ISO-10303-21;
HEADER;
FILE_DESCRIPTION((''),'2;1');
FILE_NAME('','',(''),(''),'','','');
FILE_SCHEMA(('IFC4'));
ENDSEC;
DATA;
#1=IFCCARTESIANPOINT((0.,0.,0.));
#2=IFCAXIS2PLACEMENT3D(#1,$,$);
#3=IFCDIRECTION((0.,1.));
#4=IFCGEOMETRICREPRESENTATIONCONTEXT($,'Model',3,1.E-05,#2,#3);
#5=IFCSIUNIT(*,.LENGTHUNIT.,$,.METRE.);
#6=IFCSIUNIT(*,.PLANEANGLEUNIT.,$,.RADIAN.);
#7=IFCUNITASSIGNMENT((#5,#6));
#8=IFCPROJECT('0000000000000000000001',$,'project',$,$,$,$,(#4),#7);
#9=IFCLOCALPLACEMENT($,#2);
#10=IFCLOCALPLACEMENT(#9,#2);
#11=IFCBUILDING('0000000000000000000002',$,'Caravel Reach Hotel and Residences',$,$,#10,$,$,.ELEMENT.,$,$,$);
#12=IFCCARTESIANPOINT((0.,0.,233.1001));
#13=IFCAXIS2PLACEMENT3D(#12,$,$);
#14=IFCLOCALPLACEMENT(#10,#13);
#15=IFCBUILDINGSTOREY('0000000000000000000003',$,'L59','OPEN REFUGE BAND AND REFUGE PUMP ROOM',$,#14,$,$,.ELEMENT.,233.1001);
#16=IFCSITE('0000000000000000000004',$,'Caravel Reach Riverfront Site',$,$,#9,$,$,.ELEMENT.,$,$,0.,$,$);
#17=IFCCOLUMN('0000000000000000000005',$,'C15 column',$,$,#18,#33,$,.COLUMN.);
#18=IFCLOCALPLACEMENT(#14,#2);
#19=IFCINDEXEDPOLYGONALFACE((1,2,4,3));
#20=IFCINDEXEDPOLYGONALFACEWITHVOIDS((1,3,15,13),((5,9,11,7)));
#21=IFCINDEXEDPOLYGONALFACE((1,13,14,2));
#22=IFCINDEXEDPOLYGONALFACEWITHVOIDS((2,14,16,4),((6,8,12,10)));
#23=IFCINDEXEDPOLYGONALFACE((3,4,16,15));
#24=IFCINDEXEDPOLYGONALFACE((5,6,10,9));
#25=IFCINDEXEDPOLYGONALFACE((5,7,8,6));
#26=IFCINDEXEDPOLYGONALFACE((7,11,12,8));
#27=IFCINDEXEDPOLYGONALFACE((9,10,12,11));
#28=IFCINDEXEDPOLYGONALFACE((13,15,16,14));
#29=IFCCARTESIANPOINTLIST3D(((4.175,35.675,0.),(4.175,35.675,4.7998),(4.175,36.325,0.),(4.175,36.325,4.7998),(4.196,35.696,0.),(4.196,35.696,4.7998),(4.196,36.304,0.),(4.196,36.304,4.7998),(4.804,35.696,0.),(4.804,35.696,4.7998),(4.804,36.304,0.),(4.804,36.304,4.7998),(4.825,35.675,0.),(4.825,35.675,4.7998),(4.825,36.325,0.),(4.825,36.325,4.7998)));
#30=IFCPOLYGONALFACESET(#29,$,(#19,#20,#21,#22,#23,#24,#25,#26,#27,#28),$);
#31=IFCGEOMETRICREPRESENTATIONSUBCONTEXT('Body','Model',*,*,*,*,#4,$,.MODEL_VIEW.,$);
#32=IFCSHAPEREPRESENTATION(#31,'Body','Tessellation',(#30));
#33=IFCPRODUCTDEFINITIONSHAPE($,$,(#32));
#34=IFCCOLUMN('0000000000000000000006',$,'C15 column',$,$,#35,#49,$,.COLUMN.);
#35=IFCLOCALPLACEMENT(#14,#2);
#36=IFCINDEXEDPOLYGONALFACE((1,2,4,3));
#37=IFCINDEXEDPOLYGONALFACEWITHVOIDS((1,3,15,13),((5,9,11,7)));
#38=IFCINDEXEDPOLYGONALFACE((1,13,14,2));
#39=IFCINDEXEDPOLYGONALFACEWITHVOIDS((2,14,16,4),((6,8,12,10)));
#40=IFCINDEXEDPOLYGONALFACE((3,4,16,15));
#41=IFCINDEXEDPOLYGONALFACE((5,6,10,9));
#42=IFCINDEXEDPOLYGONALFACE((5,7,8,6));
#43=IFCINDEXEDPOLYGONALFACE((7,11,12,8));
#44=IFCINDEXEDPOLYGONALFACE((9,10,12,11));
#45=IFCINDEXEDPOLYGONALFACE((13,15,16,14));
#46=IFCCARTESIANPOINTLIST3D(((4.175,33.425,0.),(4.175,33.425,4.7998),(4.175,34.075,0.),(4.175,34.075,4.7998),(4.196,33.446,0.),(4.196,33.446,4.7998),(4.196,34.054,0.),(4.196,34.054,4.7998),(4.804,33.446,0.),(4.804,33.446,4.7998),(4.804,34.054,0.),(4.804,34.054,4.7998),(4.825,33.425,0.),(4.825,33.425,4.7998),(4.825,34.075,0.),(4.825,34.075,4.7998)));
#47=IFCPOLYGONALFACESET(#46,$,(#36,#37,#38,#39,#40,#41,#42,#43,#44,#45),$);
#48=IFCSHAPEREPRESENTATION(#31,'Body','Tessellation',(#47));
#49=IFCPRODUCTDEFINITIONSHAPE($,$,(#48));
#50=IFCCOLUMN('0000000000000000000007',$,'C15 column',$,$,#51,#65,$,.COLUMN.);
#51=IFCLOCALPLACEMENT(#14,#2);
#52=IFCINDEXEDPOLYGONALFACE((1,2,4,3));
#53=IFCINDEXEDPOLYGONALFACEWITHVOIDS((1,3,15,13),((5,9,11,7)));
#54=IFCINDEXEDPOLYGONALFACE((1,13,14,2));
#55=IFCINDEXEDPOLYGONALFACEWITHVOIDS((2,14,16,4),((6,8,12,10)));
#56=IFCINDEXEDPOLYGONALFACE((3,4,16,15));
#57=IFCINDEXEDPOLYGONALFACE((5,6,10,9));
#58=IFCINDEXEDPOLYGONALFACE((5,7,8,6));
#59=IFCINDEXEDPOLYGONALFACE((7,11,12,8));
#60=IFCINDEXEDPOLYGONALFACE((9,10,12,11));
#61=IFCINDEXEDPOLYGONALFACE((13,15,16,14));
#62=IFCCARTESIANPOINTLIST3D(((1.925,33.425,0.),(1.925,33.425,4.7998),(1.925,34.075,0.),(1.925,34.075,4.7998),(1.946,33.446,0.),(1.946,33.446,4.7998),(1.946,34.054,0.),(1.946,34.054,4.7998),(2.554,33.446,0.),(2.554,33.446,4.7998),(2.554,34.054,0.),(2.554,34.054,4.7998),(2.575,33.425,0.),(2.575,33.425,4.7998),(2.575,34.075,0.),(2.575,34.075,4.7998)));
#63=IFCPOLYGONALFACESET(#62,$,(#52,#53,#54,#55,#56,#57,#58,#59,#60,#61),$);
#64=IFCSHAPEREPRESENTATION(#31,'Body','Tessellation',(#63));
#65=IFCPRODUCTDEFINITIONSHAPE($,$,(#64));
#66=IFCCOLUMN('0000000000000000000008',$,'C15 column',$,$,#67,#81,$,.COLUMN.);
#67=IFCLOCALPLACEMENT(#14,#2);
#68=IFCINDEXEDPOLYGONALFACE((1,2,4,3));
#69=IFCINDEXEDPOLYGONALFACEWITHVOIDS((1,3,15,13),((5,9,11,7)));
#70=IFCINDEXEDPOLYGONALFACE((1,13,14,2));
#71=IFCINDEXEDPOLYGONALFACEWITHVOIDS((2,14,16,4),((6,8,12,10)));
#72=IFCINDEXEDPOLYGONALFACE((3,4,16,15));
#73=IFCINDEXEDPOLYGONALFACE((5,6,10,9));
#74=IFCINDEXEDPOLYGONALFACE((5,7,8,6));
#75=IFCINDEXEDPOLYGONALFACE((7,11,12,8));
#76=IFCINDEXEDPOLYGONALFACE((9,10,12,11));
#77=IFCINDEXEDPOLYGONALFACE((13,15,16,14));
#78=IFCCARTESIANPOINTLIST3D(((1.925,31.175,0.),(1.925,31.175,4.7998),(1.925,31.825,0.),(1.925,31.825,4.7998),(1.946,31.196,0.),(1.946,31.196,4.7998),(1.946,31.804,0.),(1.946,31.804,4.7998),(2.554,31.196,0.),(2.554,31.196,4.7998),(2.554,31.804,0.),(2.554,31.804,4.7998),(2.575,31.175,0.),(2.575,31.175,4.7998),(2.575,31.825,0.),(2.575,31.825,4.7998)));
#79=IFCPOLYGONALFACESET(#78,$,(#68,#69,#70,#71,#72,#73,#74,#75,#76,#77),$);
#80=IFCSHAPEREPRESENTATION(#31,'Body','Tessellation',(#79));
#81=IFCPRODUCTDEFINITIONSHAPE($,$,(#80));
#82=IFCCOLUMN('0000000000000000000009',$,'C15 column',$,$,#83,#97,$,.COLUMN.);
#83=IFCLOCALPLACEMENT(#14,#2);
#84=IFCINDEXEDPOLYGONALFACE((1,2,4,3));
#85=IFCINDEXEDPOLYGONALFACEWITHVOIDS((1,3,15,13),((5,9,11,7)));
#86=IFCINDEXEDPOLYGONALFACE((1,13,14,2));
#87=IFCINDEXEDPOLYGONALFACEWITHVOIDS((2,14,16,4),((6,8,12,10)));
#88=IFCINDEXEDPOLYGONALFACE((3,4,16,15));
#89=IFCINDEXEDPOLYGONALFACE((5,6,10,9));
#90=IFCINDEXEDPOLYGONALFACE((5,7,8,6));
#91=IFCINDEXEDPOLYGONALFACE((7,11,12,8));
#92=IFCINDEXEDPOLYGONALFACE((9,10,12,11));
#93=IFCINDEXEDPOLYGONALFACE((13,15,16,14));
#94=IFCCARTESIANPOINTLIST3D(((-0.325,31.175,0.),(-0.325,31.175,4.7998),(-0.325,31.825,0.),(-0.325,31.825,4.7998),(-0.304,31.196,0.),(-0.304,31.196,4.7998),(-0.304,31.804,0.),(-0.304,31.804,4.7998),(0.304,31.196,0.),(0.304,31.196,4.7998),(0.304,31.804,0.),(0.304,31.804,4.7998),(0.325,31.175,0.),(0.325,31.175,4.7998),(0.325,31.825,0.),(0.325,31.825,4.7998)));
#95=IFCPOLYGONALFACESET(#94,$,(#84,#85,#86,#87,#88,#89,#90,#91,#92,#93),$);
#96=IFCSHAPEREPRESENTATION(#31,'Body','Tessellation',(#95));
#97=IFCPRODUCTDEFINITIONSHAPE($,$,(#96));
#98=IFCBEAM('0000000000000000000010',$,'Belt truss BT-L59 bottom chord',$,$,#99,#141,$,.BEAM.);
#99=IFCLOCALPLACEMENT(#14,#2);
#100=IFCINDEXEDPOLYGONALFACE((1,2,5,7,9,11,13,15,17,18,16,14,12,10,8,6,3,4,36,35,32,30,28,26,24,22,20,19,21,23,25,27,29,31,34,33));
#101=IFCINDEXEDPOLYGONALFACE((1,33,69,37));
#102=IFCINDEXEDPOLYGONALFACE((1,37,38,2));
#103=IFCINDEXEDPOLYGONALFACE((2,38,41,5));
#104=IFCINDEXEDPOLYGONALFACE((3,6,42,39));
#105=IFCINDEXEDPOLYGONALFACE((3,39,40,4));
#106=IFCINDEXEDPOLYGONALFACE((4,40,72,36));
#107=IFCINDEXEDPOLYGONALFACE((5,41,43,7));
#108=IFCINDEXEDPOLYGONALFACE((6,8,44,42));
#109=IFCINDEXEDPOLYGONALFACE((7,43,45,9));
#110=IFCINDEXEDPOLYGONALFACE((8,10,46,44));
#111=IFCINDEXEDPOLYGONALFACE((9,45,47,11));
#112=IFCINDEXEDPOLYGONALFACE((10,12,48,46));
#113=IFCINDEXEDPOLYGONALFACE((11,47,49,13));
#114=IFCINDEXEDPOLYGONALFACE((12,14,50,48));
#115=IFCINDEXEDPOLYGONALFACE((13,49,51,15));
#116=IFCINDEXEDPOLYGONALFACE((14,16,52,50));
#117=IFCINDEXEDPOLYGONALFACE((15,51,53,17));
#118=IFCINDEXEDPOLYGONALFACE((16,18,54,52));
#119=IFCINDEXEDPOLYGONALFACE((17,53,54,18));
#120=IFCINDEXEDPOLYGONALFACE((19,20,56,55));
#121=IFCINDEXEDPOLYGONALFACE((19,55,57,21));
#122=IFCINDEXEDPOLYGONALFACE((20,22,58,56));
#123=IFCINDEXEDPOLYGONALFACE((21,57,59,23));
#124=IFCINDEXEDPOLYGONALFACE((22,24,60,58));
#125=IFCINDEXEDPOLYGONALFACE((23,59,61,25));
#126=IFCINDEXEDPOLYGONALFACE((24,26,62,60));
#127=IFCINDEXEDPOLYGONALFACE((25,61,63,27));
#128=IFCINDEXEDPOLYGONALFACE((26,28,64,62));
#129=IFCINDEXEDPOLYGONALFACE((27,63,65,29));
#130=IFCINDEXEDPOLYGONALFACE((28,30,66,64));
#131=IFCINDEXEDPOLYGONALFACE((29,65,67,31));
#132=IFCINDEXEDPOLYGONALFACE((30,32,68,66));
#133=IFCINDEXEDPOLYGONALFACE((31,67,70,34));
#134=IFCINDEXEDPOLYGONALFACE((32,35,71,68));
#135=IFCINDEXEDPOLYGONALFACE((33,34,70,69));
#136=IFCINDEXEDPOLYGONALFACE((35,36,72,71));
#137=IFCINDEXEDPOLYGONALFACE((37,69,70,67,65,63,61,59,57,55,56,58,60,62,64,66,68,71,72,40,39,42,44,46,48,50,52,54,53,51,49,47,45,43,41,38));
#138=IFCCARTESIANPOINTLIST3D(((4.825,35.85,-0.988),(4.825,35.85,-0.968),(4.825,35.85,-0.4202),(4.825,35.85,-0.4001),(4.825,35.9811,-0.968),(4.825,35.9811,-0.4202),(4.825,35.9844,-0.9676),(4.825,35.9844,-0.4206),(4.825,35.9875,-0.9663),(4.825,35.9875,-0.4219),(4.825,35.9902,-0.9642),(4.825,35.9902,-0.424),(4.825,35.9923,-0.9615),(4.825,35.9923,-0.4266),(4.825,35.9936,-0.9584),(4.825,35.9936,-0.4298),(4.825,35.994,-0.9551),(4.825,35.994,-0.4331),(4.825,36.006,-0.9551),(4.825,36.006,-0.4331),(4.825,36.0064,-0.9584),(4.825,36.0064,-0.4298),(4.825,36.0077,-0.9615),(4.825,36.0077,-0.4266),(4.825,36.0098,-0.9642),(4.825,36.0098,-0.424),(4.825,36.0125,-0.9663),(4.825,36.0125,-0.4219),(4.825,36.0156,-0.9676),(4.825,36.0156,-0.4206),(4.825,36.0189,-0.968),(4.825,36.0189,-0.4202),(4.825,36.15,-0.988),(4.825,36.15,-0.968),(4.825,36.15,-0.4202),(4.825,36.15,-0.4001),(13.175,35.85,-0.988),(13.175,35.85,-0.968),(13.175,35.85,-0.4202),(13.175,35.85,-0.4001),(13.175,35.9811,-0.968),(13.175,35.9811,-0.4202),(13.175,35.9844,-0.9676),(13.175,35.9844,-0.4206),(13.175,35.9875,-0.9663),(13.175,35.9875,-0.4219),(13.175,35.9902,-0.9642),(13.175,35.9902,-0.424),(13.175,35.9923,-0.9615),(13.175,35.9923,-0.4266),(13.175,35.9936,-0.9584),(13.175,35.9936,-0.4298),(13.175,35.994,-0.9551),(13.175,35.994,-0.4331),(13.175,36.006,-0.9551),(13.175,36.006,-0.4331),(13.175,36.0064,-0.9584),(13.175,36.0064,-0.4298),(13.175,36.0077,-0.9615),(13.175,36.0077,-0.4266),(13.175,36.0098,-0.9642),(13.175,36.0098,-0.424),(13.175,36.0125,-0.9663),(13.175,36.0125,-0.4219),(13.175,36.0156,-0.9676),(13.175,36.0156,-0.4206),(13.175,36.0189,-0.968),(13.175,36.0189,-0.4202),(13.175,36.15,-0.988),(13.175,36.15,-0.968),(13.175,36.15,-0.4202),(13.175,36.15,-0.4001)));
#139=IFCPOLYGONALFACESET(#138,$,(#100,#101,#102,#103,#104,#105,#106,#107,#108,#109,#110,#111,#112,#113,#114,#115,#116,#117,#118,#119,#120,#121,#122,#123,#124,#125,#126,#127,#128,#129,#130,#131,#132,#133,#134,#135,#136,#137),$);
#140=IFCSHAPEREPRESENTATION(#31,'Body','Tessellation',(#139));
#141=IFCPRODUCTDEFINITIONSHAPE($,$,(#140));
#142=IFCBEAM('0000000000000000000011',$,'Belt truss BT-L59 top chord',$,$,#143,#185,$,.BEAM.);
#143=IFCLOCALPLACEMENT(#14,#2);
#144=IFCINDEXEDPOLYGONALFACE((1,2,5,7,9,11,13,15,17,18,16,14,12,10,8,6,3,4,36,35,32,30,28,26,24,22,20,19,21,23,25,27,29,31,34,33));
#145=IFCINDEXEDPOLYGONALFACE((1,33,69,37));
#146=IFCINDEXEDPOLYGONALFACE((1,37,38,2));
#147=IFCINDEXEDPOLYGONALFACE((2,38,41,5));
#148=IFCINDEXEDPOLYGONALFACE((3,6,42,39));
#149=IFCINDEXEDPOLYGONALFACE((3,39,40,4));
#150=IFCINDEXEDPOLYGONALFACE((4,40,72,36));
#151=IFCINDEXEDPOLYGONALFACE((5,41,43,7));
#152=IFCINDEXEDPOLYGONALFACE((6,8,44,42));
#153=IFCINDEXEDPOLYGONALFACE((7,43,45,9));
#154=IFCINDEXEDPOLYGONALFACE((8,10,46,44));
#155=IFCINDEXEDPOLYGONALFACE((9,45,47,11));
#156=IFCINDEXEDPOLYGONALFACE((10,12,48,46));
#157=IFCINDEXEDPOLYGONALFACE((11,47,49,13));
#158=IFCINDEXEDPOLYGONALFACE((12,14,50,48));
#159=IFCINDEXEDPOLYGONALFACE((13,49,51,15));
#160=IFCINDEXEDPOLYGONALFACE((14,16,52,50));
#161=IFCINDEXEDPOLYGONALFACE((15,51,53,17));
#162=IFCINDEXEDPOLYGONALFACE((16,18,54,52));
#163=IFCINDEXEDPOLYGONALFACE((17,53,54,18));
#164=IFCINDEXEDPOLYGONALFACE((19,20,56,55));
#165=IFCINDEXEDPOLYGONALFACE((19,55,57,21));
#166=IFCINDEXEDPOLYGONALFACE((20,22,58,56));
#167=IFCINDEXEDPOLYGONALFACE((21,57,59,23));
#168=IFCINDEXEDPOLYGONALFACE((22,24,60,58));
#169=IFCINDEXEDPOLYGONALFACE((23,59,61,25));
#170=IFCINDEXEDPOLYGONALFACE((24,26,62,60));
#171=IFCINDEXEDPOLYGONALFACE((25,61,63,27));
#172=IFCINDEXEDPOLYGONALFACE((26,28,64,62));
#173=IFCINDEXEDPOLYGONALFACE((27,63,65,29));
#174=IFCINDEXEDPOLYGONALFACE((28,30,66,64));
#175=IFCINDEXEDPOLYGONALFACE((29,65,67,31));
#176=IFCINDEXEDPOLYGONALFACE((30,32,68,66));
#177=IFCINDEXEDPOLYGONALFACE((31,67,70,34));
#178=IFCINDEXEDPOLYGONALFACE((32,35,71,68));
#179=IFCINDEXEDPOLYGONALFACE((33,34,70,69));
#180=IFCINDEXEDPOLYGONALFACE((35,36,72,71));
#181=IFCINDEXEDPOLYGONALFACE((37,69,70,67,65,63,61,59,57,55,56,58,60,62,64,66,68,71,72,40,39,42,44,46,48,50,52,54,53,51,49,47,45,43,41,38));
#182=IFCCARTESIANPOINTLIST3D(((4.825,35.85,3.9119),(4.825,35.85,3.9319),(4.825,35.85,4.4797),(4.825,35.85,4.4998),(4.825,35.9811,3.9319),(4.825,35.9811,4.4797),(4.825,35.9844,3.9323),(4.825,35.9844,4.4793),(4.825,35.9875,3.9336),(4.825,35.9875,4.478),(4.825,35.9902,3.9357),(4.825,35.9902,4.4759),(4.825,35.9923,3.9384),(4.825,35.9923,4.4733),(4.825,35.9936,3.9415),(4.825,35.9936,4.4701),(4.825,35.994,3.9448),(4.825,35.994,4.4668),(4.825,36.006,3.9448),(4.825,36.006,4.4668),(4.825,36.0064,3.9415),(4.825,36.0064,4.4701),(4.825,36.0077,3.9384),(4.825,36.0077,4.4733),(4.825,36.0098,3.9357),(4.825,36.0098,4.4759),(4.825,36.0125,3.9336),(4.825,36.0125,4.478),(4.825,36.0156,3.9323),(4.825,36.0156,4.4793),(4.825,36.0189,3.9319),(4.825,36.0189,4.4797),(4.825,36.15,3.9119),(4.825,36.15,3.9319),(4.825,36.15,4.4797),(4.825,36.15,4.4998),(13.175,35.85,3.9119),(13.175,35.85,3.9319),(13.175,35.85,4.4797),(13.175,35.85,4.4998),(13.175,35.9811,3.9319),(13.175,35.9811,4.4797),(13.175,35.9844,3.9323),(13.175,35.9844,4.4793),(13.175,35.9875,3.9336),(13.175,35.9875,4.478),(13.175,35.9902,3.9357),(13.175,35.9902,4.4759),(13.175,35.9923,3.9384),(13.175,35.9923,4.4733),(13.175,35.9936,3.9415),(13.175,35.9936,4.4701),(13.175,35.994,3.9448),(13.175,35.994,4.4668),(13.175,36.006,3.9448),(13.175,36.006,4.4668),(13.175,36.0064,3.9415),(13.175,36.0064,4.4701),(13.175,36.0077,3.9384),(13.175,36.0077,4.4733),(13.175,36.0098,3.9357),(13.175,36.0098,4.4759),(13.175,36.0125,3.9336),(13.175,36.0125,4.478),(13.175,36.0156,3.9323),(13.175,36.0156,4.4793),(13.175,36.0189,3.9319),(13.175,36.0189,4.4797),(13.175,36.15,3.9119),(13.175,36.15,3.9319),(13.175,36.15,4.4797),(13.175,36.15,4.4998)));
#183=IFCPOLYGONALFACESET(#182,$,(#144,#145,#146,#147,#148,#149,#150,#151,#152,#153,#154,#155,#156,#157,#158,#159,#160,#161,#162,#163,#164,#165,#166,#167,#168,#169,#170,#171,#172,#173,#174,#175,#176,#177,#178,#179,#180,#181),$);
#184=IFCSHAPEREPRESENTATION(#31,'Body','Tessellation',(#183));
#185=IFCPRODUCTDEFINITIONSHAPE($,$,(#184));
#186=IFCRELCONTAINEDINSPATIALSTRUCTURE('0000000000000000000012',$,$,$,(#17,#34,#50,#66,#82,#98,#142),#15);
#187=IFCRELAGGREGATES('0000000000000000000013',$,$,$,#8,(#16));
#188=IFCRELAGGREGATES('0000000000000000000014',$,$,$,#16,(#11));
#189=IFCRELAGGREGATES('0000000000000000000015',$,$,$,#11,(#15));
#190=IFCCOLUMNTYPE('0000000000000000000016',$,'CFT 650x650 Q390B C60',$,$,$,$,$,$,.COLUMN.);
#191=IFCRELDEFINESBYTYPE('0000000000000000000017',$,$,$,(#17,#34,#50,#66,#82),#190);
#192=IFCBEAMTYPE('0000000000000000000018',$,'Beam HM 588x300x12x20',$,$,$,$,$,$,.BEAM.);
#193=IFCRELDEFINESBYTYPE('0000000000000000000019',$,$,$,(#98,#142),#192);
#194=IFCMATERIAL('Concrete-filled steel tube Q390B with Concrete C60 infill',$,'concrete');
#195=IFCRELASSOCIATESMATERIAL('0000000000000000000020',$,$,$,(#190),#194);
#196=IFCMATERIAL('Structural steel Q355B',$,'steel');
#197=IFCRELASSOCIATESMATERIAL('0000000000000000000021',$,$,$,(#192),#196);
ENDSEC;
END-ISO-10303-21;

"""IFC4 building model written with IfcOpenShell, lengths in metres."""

from ifc_helpers import new_model, si_unit, direction, frame, origin, origin_2d, place, context, subcontext, project, spatial, hollow_rectangle, i_section, extrude, material, material_profile, profile_set, type_object, element, save


model = new_model("IFC4")

# Units and contexts
model_context = context("Model", 3, precision=1e-05, world=origin(), true_north=direction((0.0, 1.0)))
body_context = subcontext(model_context, "Body", "Model", "MODEL_VIEW")
ifc_project = project(units=[si_unit("LENGTHUNIT", "METRE"), si_unit("PLANEANGLEUNIT", "RADIAN")], contexts=[model_context])

# Site, building, storey
site_placement = place(None, origin())
site = spatial("IfcSite", under=ifc_project, at=site_placement, Name="Caravel Reach Riverfront Site", CompositionType="ELEMENT", RefElevation=0.0)
building_placement = place(site_placement, origin())
building = spatial("IfcBuilding", under=site, at=building_placement, Name="Caravel Reach Hotel and Residences", CompositionType="ELEMENT")
storey_placement = place(building_placement, frame((0.0, 0.0, 233.1001)))
storey = spatial("IfcBuildingStorey", under=building, at=storey_placement, Name="L59", Description="OPEN REFUGE BAND AND REFUGE PUMP ROOM", CompositionType="ELEMENT", Elevation=233.1001)

# Columns
ifc_material_1 = material(Name="Concrete-filled steel tube Q390B with Concrete C60 infill", Category="concrete")
ifc_material_profile_1 = material_profile(ifc_material_1, hollow_rectangle(XDim=0.6499, YDim=0.6499, WallThickness=0.021, at=origin_2d()), Name="RHS 650x650x21")
ifc_profile_set_1 = profile_set([ifc_material_profile_1], Name="Concrete-filled steel tube Q390B with Concrete C60 infill")
column_type = type_object("IfcColumnType", Name="CFT 650x650 Q390B C60", PredefinedType="COLUMN", material=ifc_profile_set_1)
for number, where, z_axis, x_axis, name in (
    (1, (4.5, 36.0, 0.0), (0.0, 0.0, 1.0), (1.0, 0.0, 0.0), "C15 column"),
    (2, (4.5, 33.75, 0.0), (0.0, 0.0, 1.0), (1.0, 0.0, 0.0), "C15 column"),
    (3, (2.25, 33.75, 0.0), (0.0, 0.0, 1.0), (1.0, 0.0, 0.0), "C15 column"),
    (4, (2.25, 31.5, 0.0), (0.0, 0.0, 1.0), (1.0, 0.0, 0.0), "C15 column"),
    (5, (0.0, 31.5, 0.0), (0.0, 0.0, 1.0), (1.0, 0.0, 0.0), "C15 column"),
):
    element("IfcColumn", number, at=place(storey_placement, frame(where, z_axis=z_axis, x_axis=x_axis)), inside=storey, type_object=column_type, Name=name, PredefinedType="COLUMN", context=body_context, shape_type="SweptSolid", body=[
        extrude(hollow_rectangle(XDim=0.6499, YDim=0.6499, WallThickness=0.021, at=origin_2d()), origin(), (0.0, 0.0, 1.0), 4.7998),
    ])

# Beams
ifc_material_2 = material(Name="Structural steel Q355B", Category="steel")
ifc_material_profile_2 = material_profile(ifc_material_2, i_section(OverallWidth=0.3, OverallDepth=0.5879, WebThickness=0.012, FlangeThickness=0.02, FilletRadius=0.0129, at=origin_2d()), Name="HM 588x300x12x20")
ifc_profile_set_2 = profile_set([ifc_material_profile_2], Name="Structural steel Q355B")
beam_type = type_object("IfcBeamType", Name="Beam HM 588x300x12x20", PredefinedType="BEAM", material=ifc_profile_set_2)
for number, where, z_axis, x_axis, name in (
    (6, (13.175, 36.0, -0.6941), (-1.0, 0.0, 0.0), (0.0, -1.0, 0.0), "Belt truss BT-L59 bottom chord"),
    (7, (13.175, 36.0, 4.2058), (-1.0, 0.0, 0.0), (0.0, -1.0, 0.0), "Belt truss BT-L59 top chord"),
):
    element("IfcBeam", number, at=place(storey_placement, frame(where, z_axis=z_axis, x_axis=x_axis)), inside=storey, type_object=beam_type, Name=name, PredefinedType="BEAM", context=body_context, shape_type="SweptSolid", body=[
        extrude(i_section(OverallWidth=0.3, OverallDepth=0.5879, WebThickness=0.012, FlangeThickness=0.02, FilletRadius=0.0129, at=origin_2d()), origin(), (0.0, 0.0, 1.0), 8.3501),
    ])

save(model, "model.ifc")
